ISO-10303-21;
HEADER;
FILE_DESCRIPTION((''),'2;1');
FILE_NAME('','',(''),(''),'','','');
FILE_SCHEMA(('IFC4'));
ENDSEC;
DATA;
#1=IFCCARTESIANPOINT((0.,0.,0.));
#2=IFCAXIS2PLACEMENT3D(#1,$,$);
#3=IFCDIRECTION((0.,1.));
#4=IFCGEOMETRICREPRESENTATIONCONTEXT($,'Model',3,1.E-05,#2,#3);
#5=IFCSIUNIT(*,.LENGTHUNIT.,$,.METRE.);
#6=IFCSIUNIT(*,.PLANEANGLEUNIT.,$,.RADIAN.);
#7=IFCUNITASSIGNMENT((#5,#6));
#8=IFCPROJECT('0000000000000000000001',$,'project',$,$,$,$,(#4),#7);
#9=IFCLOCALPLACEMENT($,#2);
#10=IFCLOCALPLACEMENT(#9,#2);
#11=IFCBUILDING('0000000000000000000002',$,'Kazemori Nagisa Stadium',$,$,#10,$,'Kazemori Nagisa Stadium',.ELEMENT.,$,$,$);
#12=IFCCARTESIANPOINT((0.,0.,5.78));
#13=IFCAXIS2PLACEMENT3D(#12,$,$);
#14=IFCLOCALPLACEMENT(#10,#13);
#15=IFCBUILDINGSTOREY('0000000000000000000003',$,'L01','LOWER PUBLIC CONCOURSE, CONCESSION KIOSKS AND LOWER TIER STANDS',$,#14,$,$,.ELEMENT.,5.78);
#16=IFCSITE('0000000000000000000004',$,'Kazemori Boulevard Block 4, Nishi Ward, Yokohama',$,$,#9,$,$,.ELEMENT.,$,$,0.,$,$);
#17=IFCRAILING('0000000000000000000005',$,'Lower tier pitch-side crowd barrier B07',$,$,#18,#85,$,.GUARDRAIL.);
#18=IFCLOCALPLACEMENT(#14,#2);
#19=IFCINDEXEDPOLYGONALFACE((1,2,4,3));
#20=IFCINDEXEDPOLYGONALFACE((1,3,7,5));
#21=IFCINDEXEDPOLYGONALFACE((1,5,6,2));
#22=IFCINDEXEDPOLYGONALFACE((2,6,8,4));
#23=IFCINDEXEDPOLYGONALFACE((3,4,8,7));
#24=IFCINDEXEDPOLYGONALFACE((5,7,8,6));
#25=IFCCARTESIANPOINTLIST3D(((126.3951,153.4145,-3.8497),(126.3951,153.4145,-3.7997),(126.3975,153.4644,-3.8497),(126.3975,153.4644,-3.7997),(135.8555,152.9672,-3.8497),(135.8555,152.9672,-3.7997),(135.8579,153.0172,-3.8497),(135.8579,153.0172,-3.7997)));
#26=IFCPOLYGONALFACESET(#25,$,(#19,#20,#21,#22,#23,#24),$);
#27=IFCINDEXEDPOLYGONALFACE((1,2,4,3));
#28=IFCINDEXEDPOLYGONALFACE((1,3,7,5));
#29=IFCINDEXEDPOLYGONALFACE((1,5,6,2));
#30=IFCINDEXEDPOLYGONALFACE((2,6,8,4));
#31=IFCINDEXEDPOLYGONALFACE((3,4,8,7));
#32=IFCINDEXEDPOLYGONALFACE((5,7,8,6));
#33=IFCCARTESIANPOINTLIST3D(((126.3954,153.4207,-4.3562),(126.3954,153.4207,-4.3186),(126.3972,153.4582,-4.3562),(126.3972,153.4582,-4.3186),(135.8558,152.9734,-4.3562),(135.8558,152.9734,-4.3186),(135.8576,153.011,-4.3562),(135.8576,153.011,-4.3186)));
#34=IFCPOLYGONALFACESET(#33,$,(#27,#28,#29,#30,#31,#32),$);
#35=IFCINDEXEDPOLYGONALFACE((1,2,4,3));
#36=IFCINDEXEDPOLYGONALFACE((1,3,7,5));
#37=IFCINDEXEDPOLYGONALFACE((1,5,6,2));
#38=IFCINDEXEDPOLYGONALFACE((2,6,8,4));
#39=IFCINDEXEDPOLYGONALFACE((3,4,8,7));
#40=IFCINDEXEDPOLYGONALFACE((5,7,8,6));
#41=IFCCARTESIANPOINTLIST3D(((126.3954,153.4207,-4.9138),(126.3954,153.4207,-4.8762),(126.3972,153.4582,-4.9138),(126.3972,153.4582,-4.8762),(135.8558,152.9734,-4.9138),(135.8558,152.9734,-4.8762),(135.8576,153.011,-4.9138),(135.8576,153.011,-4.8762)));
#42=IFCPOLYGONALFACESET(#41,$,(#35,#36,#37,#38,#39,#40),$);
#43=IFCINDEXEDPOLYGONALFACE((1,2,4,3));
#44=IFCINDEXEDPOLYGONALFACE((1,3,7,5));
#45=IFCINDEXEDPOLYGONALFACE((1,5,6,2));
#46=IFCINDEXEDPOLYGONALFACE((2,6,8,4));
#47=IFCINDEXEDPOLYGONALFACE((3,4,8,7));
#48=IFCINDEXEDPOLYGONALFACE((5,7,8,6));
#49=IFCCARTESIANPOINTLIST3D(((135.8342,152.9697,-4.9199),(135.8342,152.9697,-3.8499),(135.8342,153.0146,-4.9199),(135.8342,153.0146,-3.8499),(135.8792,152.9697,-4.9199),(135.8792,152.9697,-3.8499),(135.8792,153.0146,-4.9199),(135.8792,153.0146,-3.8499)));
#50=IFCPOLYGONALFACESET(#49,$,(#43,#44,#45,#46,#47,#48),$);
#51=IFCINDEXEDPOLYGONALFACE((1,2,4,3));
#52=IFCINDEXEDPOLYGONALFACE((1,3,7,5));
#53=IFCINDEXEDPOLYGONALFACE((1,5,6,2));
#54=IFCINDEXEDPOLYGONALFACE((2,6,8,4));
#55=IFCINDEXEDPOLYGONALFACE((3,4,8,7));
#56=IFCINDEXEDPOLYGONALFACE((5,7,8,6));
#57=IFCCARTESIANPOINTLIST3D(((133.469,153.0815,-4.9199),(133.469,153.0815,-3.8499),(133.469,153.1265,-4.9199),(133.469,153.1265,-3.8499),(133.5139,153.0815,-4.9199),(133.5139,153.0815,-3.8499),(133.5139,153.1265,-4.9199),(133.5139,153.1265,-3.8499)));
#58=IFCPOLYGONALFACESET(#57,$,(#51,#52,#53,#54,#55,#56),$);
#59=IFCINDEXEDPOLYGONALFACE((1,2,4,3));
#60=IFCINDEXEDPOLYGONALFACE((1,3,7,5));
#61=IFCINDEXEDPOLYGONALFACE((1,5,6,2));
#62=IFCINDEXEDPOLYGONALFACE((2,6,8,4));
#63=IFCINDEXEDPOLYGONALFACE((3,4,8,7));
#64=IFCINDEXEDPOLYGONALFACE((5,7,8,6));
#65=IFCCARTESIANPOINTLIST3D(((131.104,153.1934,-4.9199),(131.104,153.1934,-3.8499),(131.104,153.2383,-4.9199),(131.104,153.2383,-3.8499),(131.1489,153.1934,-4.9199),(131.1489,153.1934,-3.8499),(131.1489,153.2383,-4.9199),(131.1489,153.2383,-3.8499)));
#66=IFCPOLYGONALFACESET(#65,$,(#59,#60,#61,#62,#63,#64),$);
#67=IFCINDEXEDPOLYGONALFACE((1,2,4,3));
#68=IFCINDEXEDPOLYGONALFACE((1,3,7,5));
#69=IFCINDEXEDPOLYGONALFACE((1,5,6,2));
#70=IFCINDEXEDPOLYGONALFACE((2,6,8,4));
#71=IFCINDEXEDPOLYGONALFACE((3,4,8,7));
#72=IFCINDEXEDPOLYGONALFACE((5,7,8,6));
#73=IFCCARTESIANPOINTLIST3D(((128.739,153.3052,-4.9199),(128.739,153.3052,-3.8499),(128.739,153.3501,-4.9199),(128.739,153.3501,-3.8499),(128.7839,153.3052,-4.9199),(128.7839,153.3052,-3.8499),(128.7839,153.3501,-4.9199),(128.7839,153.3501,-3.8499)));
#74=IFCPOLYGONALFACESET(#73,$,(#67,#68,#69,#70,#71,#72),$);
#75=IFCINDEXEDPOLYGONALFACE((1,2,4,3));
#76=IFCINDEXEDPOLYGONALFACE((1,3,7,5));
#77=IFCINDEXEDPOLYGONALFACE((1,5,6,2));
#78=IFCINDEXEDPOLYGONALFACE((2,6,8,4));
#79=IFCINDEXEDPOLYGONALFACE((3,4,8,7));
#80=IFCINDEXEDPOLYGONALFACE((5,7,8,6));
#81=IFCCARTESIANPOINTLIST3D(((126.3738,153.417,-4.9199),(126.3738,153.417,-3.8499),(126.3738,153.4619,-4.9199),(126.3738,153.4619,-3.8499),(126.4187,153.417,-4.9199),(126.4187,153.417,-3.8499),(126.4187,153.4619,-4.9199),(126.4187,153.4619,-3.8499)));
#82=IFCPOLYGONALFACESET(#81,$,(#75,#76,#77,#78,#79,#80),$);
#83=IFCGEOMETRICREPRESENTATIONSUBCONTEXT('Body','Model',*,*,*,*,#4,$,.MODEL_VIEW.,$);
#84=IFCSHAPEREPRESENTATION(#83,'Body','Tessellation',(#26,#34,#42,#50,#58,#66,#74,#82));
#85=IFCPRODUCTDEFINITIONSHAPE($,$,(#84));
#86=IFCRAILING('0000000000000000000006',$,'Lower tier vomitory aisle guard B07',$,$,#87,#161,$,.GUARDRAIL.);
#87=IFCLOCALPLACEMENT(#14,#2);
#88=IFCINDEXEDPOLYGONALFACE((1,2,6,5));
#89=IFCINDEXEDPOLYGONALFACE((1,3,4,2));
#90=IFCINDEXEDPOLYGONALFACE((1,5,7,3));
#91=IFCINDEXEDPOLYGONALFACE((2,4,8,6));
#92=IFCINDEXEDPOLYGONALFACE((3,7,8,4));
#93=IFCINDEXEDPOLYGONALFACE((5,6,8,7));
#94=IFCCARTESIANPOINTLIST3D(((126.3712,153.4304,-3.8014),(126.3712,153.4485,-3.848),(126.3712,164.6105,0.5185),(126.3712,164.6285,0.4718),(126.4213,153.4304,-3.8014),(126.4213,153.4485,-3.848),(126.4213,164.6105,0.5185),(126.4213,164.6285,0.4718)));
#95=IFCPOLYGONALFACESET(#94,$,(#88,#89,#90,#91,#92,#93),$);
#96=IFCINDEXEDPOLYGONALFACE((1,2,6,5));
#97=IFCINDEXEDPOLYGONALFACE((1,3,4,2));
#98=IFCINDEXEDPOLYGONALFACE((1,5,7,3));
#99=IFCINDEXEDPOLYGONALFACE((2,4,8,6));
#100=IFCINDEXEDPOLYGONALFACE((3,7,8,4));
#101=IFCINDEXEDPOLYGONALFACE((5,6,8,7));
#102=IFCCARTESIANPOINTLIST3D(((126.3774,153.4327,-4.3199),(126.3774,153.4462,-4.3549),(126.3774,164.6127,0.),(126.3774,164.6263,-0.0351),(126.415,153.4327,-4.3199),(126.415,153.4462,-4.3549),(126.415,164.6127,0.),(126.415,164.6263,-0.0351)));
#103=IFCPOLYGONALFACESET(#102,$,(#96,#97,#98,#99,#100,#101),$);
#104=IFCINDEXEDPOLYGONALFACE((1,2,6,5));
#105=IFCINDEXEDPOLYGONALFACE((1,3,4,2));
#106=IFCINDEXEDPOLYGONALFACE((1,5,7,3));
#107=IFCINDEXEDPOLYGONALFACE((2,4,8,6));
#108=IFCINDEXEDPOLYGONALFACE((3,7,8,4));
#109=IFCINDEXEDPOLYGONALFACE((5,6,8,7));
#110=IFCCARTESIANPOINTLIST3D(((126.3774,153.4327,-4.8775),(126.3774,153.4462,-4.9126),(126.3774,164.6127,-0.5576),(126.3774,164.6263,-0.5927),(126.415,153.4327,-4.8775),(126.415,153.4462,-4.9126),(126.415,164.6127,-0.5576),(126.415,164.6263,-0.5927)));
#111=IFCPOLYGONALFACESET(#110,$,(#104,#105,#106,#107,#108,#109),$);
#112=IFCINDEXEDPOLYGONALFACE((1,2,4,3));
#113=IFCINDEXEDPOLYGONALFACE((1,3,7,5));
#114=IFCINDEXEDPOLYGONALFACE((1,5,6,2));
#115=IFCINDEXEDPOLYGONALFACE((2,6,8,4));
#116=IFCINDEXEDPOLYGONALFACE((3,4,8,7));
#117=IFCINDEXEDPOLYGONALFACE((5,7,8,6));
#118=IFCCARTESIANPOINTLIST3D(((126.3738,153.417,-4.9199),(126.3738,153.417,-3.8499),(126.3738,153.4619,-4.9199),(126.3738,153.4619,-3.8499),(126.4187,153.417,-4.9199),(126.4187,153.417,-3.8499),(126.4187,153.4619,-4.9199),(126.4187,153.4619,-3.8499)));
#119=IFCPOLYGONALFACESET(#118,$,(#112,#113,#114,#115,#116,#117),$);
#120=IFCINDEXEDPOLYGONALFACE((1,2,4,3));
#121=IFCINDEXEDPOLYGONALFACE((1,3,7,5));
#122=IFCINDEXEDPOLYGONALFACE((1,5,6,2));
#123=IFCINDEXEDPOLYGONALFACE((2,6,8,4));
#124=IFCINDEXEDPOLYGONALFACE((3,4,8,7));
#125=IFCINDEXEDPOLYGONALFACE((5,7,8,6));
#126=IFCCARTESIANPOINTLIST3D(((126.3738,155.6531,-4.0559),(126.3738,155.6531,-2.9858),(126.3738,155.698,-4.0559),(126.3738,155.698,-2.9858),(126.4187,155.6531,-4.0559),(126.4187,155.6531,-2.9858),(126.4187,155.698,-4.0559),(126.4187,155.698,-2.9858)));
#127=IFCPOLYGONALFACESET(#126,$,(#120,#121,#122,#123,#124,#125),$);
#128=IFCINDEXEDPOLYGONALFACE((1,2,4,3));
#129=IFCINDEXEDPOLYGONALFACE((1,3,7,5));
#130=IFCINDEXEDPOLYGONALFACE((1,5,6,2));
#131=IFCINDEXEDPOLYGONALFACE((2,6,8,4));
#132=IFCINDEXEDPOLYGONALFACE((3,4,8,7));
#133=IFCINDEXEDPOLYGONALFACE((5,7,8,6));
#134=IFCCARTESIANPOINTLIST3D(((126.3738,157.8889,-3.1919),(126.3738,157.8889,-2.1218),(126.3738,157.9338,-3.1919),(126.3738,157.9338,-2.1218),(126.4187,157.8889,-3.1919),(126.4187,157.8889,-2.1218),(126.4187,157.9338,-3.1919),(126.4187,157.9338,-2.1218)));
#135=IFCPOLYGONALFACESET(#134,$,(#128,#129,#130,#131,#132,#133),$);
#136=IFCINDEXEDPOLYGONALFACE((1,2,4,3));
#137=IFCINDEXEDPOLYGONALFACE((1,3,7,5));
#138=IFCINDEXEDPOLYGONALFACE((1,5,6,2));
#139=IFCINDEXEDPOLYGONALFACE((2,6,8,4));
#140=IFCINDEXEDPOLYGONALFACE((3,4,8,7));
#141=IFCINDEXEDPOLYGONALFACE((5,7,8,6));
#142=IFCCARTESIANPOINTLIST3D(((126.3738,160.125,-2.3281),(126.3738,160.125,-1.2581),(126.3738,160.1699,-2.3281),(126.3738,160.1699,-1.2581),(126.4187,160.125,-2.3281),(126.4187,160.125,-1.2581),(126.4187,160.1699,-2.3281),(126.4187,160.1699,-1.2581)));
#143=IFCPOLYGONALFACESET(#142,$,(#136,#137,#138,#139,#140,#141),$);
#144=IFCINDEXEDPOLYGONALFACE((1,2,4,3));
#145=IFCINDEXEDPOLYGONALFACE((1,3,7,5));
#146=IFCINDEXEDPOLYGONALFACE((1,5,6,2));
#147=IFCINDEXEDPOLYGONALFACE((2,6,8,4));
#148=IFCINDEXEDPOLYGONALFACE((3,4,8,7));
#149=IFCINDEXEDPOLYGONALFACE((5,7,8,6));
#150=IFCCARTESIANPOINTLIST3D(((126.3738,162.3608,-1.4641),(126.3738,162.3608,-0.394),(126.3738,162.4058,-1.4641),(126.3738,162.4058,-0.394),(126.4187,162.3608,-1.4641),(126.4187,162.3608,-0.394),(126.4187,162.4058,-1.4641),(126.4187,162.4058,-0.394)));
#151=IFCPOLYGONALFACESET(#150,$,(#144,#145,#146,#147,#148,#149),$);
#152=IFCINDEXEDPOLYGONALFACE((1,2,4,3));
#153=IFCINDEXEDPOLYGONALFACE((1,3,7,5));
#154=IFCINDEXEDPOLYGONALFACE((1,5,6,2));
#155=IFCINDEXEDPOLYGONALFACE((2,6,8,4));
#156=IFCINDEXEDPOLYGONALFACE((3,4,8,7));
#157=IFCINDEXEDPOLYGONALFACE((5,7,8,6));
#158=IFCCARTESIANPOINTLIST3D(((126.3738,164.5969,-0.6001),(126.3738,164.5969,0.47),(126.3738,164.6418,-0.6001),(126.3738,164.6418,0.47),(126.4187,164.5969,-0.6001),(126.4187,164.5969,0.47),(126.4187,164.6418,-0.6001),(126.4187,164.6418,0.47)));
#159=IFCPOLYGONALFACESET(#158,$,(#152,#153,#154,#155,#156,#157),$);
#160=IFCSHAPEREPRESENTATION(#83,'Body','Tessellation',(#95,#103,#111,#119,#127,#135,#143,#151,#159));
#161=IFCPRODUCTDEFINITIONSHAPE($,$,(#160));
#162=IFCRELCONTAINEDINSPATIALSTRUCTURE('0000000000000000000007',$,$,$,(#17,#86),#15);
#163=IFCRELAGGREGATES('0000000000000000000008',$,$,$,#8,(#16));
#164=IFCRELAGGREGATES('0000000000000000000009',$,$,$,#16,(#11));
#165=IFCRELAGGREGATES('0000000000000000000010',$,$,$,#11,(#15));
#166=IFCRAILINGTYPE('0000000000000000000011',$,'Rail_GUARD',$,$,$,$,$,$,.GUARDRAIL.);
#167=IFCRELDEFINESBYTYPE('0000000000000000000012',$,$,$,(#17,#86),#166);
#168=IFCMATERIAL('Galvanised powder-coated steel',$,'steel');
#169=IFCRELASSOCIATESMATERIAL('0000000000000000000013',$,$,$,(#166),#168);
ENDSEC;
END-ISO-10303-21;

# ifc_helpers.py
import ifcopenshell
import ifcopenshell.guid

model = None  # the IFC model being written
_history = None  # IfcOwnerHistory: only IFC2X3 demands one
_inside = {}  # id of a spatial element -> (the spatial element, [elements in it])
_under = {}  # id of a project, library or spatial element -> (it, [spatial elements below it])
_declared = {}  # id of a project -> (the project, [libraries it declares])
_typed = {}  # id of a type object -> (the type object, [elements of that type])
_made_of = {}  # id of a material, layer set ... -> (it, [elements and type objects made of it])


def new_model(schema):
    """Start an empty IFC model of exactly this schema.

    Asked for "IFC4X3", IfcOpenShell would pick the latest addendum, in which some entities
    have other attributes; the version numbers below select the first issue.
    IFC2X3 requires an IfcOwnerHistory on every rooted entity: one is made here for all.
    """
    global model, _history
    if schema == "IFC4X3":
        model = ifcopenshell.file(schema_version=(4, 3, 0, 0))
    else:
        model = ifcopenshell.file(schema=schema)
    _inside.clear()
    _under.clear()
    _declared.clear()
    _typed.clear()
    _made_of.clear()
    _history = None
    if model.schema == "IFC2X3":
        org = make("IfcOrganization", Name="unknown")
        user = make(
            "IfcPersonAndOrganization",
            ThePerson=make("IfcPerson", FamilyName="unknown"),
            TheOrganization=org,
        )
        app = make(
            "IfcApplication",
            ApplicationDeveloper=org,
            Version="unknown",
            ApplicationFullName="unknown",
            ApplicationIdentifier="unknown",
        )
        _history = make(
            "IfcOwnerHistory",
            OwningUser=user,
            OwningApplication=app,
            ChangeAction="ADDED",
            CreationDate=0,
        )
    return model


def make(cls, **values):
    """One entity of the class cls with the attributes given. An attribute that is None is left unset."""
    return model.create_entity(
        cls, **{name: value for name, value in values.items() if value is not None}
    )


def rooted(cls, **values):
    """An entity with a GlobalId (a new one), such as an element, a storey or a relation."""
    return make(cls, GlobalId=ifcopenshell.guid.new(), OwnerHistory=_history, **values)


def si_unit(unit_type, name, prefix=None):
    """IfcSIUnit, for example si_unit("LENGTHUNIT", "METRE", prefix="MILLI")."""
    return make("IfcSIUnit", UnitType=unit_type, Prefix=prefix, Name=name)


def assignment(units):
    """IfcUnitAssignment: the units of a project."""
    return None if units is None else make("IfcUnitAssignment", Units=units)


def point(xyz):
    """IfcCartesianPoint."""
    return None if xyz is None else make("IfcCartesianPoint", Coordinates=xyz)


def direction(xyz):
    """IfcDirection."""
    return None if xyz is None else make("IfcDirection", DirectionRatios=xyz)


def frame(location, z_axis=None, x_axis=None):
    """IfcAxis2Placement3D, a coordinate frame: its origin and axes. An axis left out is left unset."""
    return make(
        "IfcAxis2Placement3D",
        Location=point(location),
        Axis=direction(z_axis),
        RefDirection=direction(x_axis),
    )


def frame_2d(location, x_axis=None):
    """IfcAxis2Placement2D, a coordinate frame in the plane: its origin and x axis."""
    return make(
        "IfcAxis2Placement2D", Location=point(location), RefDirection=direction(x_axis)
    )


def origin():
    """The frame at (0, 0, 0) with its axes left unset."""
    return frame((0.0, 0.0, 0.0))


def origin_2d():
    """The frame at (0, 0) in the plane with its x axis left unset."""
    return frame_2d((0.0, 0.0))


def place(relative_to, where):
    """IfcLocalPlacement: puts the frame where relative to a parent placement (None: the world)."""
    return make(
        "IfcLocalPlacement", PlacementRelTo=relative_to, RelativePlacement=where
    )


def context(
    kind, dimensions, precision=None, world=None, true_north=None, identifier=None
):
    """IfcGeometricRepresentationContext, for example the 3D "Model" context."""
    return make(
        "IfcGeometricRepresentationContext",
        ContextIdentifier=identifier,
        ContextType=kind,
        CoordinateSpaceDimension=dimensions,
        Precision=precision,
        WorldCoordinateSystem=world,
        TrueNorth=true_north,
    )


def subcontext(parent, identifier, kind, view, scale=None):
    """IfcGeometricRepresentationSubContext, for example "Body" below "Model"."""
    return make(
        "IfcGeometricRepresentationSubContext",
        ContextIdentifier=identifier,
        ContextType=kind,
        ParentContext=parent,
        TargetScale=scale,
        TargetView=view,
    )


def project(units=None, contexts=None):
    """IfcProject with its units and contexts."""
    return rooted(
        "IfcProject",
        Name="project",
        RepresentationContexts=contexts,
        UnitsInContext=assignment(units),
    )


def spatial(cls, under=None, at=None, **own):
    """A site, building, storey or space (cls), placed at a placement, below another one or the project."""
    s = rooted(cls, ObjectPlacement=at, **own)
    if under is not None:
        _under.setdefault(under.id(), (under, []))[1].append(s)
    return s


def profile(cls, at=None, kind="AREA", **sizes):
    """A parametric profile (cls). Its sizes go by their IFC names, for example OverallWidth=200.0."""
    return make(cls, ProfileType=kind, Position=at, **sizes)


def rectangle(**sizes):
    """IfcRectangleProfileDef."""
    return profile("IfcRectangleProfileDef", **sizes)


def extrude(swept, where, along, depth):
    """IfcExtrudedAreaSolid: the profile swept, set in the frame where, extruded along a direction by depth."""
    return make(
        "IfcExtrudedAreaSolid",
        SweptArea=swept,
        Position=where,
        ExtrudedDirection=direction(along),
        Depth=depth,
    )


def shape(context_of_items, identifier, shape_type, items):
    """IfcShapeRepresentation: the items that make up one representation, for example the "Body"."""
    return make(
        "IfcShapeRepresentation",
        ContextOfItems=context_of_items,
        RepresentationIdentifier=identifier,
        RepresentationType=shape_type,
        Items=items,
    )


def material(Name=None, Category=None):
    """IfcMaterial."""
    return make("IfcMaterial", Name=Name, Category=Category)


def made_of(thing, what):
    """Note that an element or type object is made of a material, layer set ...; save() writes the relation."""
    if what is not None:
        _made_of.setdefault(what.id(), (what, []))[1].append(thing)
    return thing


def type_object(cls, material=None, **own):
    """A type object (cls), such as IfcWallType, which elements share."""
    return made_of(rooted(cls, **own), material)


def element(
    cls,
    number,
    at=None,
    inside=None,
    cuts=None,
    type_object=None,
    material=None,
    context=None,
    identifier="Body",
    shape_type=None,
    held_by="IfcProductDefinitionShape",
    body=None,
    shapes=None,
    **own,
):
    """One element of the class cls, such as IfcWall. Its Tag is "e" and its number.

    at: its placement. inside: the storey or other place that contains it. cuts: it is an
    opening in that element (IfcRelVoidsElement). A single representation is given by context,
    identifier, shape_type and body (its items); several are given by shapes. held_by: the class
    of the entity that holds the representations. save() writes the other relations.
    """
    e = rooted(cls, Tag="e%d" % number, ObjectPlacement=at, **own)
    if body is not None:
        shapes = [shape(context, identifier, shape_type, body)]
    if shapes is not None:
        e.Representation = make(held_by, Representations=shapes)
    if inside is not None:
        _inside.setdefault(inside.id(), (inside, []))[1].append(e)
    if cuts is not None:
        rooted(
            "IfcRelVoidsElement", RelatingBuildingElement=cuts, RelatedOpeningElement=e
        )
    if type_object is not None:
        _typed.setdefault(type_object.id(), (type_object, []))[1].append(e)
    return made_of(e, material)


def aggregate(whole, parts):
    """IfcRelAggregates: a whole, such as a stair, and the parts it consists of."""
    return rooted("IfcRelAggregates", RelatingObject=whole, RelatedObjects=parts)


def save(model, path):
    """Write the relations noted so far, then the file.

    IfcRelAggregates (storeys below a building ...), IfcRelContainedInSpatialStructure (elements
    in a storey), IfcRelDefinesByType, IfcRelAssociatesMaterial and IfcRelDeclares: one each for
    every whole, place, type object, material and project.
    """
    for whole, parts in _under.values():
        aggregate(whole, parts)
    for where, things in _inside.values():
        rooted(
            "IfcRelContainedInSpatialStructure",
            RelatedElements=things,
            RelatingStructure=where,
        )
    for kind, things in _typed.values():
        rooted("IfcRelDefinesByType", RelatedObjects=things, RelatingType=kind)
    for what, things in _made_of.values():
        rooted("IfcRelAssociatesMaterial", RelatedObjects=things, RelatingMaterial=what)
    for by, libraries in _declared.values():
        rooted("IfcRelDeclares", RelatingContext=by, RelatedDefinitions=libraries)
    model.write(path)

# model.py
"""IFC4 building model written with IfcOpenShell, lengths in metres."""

from ifc_helpers import new_model, si_unit, direction, frame, origin, origin_2d, place, context, subcontext, project, spatial, rectangle, extrude, material, type_object, element, save


model = new_model("IFC4")

# Units and contexts
model_context = context("Model", 3, precision=1e-05, world=origin(), true_north=direction((0.0, 1.0)))
body_context = subcontext(model_context, "Body", "Model", "MODEL_VIEW")
ifc_project = project(units=[si_unit("LENGTHUNIT", "METRE"), si_unit("PLANEANGLEUNIT", "RADIAN")], contexts=[model_context])

# Site, building, storey
site_placement = place(None, origin())
site = spatial("IfcSite", under=ifc_project, at=site_placement, Name="Kazemori Boulevard Block 4, Nishi Ward, Yokohama", CompositionType="ELEMENT", RefElevation=0.0)
building_placement = place(site_placement, origin())
building = spatial("IfcBuilding", under=site, at=building_placement, Name="Kazemori Nagisa Stadium", LongName="Kazemori Nagisa Stadium", CompositionType="ELEMENT")
storey_placement = place(building_placement, frame((0.0, 0.0, 5.78)))
storey = spatial("IfcBuildingStorey", under=building, at=storey_placement, Name="L01", Description="LOWER PUBLIC CONCOURSE, CONCESSION KIOSKS AND LOWER TIER STANDS", CompositionType="ELEMENT", Elevation=5.78)

# Railings
ifc_material_1 = material(Name="Galvanised powder-coated steel", Category="steel")
railing_type_1 = type_object("IfcRailingType", Name="Rail_GUARD", PredefinedType="GUARDRAIL", material=ifc_material_1)
railing_1_placement = place(storey_placement, frame((135.8567, 152.9922, -4.9199)))
element("IfcRailing", 1, at=railing_1_placement, inside=storey, type_object=railing_type_1, Name="Lower tier pitch-side crowd barrier B07", PredefinedType="GUARDRAIL", context=body_context, shape_type="SweptSolid", body=[
    extrude(rectangle(XDim=0.05, YDim=0.05, at=origin_2d()), frame((0.0, 0.0, 1.0952), z_axis=(-0.998884, 0.047225, 0.0), x_axis=(-0.047225, -0.998884, 0.0)), (0.0, 0.0, 1.0), 9.4709),
    extrude(rectangle(XDim=0.0376, YDim=0.0376, at=origin_2d()), frame((0.0, 0.0, 0.5825), z_axis=(-0.998884, 0.047225, 0.0), x_axis=(-0.047225, -0.998884, 0.0)), (0.0, 0.0, 1.0), 9.4709),
    extrude(rectangle(XDim=0.0376, YDim=0.0376, at=origin_2d()), frame((0.0, 0.0, 0.0249), z_axis=(-0.998884, 0.047225, 0.0), x_axis=(-0.047225, -0.998884, 0.0)), (0.0, 0.0, 1.0), 9.4709),
    extrude(rectangle(XDim=0.0449, YDim=0.0449, at=origin_2d()), origin(), (0.0, 0.0, 1.0), 1.0701),
    extrude(rectangle(XDim=0.0449, YDim=0.0449, at=origin_2d()), frame((-2.3652, 0.1118, 0.0)), (0.0, 0.0, 1.0), 1.0701),
    extrude(rectangle(XDim=0.0449, YDim=0.0449, at=origin_2d()), frame((-4.7302, 0.2236, 0.0)), (0.0, 0.0, 1.0), 1.0701),
    extrude(rectangle(XDim=0.0449, YDim=0.0449, at=origin_2d()), frame((-7.0952, 0.3354, 0.0)), (0.0, 0.0, 1.0), 1.0701),
    extrude(rectangle(XDim=0.0449, YDim=0.0449, at=origin_2d()), frame((-9.4604, 0.4473, 0.0)), (0.0, 0.0, 1.0), 1.0701),
])
railing_2_placement = place(storey_placement, frame((126.3962, 153.4395, -4.9199)))
element("IfcRailing", 2, at=railing_2_placement, inside=storey, type_object=railing_type_1, Name="Lower tier vomitory aisle guard B07", PredefinedType="GUARDRAIL", context=body_context, shape_type="SweptSolid", body=[
    extrude(rectangle(XDim=0.05, YDim=0.05, at=origin_2d()), frame((0.0, 0.0, 1.0952), z_axis=(0.0, 0.93279, 0.360421), x_axis=(-1.0, 0.0, 0.0)), (0.0, 0.0, 1.0), 11.9856),
    extrude(rectangle(XDim=0.0376, YDim=0.0376, at=origin_2d()), frame((0.0, 0.0, 0.5825), z_axis=(0.0, 0.93279, 0.360421), x_axis=(-1.0, 0.0, 0.0)), (0.0, 0.0, 1.0), 11.9856),
    extrude(rectangle(XDim=0.0376, YDim=0.0376, at=origin_2d()), frame((0.0, 0.0, 0.0249), z_axis=(0.0, 0.93279, 0.360421), x_axis=(-1.0, 0.0, 0.0)), (0.0, 0.0, 1.0), 11.9856),
    extrude(rectangle(XDim=0.0449, YDim=0.0449, at=origin_2d()), origin(), (0.0, 0.0, 1.0), 1.0701),
    extrude(rectangle(XDim=0.0449, YDim=0.0449, at=origin_2d()), frame((0.0, 2.2361, 0.864)), (0.0, 0.0, 1.0), 1.0701),
    extrude(rectangle(XDim=0.0449, YDim=0.0449, at=origin_2d()), frame((0.0, 4.4719, 1.728)), (0.0, 0.0, 1.0), 1.0701),
    extrude(rectangle(XDim=0.0449, YDim=0.0449, at=origin_2d()), frame((0.0, 6.708, 2.5918)), (0.0, 0.0, 1.0), 1.0701),
    extrude(rectangle(XDim=0.0449, YDim=0.0449, at=origin_2d()), frame((0.0, 8.9438, 3.4558)), (0.0, 0.0, 1.0), 1.0701),
    extrude(rectangle(XDim=0.0449, YDim=0.0449, at=origin_2d()), frame((0.0, 11.1799, 4.3198)), (0.0, 0.0, 1.0), 1.0701),
])

save(model, "model.ifc")
